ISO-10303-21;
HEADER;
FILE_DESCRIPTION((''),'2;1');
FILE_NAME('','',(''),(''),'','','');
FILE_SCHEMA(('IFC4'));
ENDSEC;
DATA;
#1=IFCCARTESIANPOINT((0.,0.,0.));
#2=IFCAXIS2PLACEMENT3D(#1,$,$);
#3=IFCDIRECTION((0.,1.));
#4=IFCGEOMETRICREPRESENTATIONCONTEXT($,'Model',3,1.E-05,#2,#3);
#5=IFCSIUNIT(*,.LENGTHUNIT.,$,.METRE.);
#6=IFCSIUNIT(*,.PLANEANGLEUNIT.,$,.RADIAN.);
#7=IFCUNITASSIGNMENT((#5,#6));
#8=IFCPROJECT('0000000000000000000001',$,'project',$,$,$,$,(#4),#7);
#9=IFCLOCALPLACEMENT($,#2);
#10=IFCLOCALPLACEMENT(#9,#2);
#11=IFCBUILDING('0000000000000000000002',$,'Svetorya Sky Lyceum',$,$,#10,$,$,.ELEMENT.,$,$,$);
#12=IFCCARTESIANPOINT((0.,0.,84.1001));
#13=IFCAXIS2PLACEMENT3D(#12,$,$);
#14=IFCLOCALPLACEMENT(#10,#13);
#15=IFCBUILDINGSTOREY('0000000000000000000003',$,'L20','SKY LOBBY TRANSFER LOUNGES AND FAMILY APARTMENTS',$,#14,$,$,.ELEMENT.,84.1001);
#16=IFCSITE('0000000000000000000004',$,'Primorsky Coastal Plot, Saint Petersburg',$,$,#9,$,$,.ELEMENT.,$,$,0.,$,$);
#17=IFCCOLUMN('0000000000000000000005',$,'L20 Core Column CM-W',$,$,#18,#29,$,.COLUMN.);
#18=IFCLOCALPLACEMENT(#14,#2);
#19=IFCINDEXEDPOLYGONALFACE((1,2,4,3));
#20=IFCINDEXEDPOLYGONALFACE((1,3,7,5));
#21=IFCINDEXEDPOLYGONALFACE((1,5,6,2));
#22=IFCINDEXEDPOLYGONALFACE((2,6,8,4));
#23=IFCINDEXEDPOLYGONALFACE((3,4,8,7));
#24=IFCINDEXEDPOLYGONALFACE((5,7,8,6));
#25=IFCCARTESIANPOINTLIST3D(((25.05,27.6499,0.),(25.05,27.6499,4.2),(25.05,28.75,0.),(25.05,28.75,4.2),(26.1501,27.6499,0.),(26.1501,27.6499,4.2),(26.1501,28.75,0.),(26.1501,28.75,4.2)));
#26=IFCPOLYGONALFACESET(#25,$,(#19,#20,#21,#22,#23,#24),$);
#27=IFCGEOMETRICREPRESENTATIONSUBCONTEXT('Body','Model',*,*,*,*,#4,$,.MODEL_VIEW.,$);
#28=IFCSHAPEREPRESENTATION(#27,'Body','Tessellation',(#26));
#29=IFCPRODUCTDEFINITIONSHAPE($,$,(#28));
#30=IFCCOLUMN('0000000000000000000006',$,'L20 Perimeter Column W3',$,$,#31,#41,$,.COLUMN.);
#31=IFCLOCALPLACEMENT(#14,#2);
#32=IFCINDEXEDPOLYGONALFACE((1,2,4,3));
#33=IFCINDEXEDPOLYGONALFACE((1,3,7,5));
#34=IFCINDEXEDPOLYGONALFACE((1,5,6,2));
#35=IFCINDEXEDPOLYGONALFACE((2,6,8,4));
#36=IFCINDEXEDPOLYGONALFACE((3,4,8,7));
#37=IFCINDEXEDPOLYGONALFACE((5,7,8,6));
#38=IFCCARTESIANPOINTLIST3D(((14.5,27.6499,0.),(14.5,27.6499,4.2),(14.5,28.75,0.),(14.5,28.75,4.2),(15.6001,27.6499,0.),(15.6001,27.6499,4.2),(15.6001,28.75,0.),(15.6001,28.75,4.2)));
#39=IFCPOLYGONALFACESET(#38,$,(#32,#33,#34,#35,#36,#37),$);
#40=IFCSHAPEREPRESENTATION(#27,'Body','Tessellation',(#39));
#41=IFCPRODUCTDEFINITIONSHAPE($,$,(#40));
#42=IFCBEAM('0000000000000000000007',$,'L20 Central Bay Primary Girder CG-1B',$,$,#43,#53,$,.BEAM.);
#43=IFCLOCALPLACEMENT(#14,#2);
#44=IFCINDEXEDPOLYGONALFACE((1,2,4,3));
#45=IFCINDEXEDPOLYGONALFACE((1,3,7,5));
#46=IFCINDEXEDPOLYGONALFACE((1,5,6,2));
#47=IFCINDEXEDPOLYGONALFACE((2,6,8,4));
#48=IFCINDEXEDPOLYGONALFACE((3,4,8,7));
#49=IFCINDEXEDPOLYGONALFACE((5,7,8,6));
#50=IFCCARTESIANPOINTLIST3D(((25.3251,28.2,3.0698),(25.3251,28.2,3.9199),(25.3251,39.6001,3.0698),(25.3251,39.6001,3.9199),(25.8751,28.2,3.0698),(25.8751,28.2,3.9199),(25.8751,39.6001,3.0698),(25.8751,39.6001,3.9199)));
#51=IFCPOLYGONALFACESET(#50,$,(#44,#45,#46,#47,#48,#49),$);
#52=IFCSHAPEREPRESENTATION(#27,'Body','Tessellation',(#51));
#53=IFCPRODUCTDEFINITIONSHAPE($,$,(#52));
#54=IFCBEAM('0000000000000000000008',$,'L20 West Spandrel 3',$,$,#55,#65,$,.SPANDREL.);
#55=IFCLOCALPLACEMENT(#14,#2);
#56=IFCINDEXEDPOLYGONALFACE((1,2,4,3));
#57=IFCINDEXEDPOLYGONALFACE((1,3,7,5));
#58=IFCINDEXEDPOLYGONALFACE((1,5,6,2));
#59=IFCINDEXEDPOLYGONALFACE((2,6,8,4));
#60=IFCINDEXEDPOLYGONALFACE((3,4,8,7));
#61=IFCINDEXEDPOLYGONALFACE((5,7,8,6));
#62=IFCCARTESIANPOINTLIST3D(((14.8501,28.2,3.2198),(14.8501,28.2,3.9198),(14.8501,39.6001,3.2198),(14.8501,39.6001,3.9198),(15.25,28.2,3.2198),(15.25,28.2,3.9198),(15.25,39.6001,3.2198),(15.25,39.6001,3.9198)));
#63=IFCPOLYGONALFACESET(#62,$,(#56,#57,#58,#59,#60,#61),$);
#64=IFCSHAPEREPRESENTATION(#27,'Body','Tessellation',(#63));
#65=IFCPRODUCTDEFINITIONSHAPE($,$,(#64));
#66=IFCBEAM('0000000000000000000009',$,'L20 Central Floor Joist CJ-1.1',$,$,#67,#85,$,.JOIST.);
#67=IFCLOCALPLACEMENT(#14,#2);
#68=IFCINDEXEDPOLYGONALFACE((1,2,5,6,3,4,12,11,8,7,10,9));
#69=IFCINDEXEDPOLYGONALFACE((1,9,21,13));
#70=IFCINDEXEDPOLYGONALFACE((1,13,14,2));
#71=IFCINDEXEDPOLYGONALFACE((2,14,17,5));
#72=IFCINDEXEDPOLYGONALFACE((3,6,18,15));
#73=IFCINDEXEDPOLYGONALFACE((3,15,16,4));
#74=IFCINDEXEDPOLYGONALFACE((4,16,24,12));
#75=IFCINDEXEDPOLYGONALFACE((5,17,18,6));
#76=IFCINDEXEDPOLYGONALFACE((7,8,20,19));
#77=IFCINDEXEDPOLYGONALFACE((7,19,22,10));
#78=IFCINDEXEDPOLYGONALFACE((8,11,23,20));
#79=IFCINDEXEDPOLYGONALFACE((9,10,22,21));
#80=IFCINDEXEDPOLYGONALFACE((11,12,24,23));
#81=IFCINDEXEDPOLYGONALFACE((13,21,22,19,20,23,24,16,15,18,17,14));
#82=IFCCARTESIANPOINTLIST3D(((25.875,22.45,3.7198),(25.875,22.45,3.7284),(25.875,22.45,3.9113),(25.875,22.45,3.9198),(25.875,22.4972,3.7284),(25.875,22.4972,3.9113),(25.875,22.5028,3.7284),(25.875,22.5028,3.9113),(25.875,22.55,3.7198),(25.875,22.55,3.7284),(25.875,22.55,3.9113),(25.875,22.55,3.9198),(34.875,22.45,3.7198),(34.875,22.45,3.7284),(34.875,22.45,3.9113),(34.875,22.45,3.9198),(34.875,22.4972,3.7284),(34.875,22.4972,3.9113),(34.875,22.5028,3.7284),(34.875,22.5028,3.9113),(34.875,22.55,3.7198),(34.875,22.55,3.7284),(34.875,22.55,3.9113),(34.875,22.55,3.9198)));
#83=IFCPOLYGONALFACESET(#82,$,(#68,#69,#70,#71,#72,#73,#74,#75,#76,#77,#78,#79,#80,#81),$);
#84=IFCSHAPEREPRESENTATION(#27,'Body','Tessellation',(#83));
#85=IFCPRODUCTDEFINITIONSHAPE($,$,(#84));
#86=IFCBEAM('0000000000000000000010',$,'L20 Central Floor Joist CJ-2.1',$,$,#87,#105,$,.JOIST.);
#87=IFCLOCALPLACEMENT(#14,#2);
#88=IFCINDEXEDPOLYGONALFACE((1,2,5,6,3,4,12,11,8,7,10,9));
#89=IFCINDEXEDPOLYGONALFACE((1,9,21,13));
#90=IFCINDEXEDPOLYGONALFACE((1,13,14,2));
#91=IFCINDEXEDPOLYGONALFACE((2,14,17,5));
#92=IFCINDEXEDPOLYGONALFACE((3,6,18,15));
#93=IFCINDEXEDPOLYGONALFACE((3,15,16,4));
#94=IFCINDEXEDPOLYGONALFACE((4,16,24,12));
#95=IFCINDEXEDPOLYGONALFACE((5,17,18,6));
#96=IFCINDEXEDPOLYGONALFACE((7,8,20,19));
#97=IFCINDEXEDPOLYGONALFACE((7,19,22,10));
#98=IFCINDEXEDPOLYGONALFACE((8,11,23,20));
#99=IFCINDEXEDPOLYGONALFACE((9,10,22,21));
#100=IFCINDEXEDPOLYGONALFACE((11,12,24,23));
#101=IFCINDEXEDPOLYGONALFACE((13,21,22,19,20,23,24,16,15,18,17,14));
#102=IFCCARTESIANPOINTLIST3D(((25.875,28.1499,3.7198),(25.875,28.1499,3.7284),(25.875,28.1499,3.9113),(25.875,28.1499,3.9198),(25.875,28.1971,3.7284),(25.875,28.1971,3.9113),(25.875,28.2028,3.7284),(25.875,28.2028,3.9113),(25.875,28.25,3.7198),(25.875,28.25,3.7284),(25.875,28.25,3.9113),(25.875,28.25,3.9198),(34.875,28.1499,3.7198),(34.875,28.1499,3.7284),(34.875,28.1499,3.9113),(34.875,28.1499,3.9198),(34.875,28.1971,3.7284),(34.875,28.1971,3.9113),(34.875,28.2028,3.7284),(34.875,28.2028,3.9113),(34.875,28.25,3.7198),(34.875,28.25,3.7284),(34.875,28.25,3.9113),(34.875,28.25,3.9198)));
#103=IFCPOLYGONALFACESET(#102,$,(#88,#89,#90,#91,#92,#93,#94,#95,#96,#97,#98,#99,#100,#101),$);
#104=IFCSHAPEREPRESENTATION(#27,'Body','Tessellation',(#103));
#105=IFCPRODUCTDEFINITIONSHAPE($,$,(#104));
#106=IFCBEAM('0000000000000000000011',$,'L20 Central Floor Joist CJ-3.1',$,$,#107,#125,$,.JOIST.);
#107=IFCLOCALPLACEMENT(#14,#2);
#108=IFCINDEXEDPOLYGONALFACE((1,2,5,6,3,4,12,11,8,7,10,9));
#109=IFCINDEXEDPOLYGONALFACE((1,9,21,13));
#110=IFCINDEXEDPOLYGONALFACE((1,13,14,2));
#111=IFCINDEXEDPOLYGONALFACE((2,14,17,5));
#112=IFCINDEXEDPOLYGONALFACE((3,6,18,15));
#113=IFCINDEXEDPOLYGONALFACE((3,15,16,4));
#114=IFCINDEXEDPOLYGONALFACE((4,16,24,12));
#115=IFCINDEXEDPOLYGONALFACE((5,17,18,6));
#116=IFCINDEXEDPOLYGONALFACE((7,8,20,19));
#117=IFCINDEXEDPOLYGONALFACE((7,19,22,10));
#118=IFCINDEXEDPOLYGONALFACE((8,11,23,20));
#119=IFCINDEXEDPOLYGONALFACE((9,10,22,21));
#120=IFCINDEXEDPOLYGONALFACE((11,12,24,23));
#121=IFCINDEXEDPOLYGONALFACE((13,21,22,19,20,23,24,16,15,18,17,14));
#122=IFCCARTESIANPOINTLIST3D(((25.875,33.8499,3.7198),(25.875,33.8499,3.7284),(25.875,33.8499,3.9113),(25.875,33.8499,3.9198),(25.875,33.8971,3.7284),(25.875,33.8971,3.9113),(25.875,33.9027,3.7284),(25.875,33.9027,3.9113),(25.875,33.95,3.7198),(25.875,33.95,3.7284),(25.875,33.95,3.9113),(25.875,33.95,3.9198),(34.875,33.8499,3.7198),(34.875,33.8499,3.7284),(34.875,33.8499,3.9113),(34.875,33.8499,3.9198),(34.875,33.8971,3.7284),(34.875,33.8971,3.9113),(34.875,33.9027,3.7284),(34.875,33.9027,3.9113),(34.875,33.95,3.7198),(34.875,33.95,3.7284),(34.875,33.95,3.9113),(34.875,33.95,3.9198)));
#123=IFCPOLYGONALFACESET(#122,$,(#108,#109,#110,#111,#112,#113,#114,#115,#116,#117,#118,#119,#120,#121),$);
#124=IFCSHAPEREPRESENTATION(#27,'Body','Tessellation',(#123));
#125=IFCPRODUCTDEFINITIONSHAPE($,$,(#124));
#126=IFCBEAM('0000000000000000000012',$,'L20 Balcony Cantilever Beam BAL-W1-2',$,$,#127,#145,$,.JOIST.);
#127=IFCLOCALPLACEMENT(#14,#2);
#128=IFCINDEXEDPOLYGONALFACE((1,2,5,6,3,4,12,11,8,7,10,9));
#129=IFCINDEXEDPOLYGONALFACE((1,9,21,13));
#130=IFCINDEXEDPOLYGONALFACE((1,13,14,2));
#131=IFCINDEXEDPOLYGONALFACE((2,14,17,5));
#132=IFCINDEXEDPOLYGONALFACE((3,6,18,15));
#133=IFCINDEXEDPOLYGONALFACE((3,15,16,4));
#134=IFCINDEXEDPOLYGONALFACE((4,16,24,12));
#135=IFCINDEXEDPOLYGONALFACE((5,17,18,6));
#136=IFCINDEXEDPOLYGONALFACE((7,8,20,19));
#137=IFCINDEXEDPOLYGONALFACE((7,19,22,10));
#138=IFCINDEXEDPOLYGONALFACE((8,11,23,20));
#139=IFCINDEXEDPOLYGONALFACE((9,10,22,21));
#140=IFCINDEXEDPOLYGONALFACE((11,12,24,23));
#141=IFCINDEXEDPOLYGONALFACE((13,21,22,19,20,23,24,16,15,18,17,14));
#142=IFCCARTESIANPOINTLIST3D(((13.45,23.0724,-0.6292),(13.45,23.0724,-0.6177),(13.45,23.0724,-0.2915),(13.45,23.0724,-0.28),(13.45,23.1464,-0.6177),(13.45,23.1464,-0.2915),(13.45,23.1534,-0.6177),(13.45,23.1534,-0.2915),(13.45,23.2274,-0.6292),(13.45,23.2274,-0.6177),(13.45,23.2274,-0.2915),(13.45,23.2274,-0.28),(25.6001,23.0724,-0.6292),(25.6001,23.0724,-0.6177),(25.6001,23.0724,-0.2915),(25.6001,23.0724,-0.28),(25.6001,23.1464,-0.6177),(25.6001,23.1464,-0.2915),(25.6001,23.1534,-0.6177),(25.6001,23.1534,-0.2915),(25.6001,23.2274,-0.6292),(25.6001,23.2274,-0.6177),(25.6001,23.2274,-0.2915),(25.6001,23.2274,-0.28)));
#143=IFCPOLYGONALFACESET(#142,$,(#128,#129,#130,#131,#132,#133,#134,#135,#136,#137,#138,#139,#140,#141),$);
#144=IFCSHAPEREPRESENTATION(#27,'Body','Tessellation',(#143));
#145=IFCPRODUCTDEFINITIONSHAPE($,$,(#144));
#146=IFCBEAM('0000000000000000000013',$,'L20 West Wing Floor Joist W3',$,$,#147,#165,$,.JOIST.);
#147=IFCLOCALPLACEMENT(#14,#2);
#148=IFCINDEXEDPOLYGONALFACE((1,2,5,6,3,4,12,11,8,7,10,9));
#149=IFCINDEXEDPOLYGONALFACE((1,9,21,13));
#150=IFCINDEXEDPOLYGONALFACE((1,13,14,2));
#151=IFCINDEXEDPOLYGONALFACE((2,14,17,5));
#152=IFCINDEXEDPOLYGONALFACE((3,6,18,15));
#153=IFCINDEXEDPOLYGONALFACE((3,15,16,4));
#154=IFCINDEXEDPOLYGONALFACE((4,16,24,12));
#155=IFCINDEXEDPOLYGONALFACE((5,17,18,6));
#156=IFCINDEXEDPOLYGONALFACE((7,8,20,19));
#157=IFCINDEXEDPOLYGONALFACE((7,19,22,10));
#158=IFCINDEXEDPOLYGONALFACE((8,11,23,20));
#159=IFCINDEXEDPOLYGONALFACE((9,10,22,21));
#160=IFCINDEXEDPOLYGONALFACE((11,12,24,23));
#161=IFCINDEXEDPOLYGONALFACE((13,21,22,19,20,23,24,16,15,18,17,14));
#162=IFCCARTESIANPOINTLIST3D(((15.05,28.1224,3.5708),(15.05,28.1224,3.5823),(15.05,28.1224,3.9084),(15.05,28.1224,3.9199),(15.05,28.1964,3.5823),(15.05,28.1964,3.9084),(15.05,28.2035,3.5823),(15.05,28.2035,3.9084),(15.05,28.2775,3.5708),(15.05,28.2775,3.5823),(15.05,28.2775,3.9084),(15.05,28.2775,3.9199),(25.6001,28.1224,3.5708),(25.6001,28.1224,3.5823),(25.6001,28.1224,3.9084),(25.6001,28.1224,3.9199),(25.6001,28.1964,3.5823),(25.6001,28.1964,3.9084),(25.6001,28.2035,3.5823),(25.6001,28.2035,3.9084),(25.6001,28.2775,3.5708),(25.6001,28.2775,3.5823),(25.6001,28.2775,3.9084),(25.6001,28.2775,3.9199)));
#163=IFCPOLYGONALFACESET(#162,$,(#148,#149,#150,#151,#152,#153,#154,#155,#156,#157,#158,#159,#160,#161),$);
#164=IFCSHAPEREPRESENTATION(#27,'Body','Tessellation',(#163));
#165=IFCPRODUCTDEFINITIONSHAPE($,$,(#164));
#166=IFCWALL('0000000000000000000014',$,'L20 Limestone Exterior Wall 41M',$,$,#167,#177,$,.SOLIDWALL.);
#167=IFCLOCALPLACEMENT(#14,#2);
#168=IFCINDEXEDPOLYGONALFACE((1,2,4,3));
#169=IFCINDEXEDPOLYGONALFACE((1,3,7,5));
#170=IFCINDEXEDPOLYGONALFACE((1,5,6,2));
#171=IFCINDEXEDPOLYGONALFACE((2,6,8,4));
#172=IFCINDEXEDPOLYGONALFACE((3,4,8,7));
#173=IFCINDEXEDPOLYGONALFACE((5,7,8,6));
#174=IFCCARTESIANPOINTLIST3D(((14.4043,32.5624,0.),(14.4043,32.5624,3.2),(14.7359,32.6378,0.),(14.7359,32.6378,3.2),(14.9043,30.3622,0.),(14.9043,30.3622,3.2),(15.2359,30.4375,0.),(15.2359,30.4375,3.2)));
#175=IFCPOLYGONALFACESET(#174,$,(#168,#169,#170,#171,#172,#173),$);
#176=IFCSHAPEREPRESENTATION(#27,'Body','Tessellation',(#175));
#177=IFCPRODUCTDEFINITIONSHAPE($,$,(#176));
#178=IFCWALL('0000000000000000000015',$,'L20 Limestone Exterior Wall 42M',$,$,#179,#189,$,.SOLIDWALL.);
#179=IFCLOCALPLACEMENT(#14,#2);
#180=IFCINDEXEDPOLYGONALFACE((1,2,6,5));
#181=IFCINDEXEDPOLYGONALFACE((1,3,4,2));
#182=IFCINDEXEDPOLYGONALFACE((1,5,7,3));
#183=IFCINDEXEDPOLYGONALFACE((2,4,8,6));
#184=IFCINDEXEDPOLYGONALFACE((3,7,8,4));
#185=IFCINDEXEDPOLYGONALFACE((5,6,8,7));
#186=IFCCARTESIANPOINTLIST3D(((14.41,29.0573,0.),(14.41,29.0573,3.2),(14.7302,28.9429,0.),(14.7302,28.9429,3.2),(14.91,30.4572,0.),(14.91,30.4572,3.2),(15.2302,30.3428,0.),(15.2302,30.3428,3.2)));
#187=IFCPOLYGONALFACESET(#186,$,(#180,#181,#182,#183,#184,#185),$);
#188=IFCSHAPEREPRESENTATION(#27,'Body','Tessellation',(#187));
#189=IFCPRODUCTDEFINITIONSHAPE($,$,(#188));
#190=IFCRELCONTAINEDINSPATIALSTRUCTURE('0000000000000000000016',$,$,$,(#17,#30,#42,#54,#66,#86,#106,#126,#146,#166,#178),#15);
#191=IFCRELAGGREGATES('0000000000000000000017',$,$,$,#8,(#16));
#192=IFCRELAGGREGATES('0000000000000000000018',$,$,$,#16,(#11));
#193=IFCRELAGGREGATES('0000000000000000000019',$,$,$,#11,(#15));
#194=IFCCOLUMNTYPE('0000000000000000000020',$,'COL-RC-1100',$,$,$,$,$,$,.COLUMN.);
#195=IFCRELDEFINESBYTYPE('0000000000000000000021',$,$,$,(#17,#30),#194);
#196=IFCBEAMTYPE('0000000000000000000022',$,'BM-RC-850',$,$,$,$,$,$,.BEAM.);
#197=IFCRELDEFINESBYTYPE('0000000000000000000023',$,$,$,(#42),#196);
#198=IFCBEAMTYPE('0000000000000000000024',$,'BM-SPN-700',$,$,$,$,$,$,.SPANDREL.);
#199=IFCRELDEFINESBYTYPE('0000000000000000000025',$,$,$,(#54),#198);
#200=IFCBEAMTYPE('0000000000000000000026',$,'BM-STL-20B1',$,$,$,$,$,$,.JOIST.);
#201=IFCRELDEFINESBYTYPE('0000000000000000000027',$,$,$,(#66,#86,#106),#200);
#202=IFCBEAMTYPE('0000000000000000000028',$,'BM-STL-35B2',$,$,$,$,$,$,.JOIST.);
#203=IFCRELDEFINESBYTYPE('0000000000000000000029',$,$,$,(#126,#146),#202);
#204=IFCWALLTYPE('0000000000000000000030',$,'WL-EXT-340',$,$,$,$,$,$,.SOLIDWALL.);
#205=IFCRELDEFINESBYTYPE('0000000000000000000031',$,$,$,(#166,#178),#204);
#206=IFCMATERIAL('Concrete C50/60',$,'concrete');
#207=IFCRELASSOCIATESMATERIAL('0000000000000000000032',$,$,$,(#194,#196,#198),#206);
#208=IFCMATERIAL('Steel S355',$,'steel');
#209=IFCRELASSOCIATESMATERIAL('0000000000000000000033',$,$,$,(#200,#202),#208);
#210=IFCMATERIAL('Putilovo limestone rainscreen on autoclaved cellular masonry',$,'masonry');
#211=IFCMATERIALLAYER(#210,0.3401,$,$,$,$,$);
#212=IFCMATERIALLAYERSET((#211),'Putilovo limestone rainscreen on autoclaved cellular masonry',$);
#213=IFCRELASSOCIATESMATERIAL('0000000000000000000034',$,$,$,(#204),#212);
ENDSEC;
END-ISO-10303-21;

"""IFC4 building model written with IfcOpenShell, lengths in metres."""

from ifc_helpers import new_model, si_unit, direction, frame, frame_2d, origin, origin_2d, place, context, subcontext, project, spatial, rectangle, i_section, extrude, material, layer, layer_set, material_profile, profile_set, type_object, element, save


model = new_model("IFC4")

# Units and contexts
model_context = context("Model", 3, precision=1e-05, world=origin(), true_north=direction((0.0, 1.0)))
body_context = subcontext(model_context, "Body", "Model", "MODEL_VIEW")
ifc_project = project(units=[si_unit("LENGTHUNIT", "METRE"), si_unit("PLANEANGLEUNIT", "RADIAN")], contexts=[model_context])

# Site, building, storey
site_placement = place(None, origin())
site = spatial("IfcSite", under=ifc_project, at=site_placement, Name="Primorsky Coastal Plot, Saint Petersburg", CompositionType="ELEMENT", RefElevation=0.0)
building_placement = place(site_placement, origin())
building = spatial("IfcBuilding", under=site, at=building_placement, Name="Svetorya Sky Lyceum", CompositionType="ELEMENT")
storey_placement = place(building_placement, frame((0.0, 0.0, 84.1001)))
storey = spatial("IfcBuildingStorey", under=building, at=storey_placement, Name="L20", Description="SKY LOBBY TRANSFER LOUNGES AND FAMILY APARTMENTS", CompositionType="ELEMENT", Elevation=84.1001)

# Columns
ifc_material_1 = material(Name="Concrete C50/60", Category="concrete")
ifc_material_profile_1 = material_profile(ifc_material_1, rectangle(XDim=1.1001, YDim=1.1001, at=origin_2d()), Name="RC COL 1100x1100")
ifc_profile_set_1 = profile_set([ifc_material_profile_1], Name="Concrete C50/60")
column_type = type_object("IfcColumnType", Name="COL-RC-1100", PredefinedType="COLUMN", material=ifc_profile_set_1)
for number, where, z_axis, x_axis, name in (
    (1, (25.6001, 28.2, 0.0), (0.0, 0.0, 1.0), (1.0, 0.0, 0.0), "L20 Core Column CM-W"),
    (2, (15.05, 28.2, 0.0), (0.0, 0.0, 1.0), (1.0, 0.0, 0.0), "L20 Perimeter Column W3"),
):
    element("IfcColumn", number, at=place(storey_placement, frame(where, z_axis=z_axis, x_axis=x_axis)), inside=storey, type_object=column_type, Name=name, PredefinedType="COLUMN", context=body_context, shape_type="SweptSolid", body=[
        extrude(rectangle(XDim=1.1001, YDim=1.1001, at=origin_2d()), origin(), (0.0, 0.0, 1.0), 4.2),
    ])

# Beams
ifc_material_profile_2 = material_profile(ifc_material_1, rectangle(XDim=0.55, YDim=0.8501, at=origin_2d()), Name="RC BEAM 550x850")
ifc_profile_set_2 = profile_set([ifc_material_profile_2], Name="Concrete C50/60")
beam_type_1 = type_object("IfcBeamType", Name="BM-RC-850", PredefinedType="BEAM", material=ifc_profile_set_2)
beam_1_placement = place(storey_placement, frame((25.6001, 28.2, 3.4949), z_axis=(0.0, 1.0, 0.0), x_axis=(-1.0, 0.0, 0.0)))
element("IfcBeam", 3, at=beam_1_placement, inside=storey, type_object=beam_type_1, Name="L20 Central Bay Primary Girder CG-1B", PredefinedType="BEAM", context=body_context, shape_type="SweptSolid", body=[
    extrude(rectangle(XDim=0.55, YDim=0.8501, at=origin_2d()), origin(), (0.0, 0.0, 1.0), 11.4001),
])
ifc_material_profile_3 = material_profile(ifc_material_1, rectangle(XDim=0.3999, YDim=0.7, at=origin_2d()), Name="RC SPANDREL 400x700")
ifc_profile_set_3 = profile_set([ifc_material_profile_3], Name="Concrete C50/60")
beam_type_2 = type_object("IfcBeamType", Name="BM-SPN-700", PredefinedType="SPANDREL", material=ifc_profile_set_3)
beam_2_placement = place(storey_placement, frame((15.05, 28.2, 3.5698), z_axis=(0.0, 1.0, 0.0), x_axis=(-1.0, 0.0, 0.0)))
element("IfcBeam", 4, at=beam_2_placement, inside=storey, type_object=beam_type_2, Name="L20 West Spandrel 3", PredefinedType="SPANDREL", context=body_context, shape_type="SweptSolid", body=[
    extrude(rectangle(XDim=0.3999, YDim=0.7, at=origin_2d()), origin(), (0.0, 0.0, 1.0), 11.4001),
])
ifc_material_2 = material(Name="Steel S355", Category="steel")
ifc_material_profile_4 = material_profile(ifc_material_2, i_section(OverallWidth=0.1001, OverallDepth=0.2, WebThickness=0.0056, FlangeThickness=0.0085, at=origin_2d()), Name="GOST 20B1")
ifc_profile_set_4 = profile_set([ifc_material_profile_4], Name="Steel S355")
beam_type_3 = type_object("IfcBeamType", Name="BM-STL-20B1", PredefinedType="JOIST", material=ifc_profile_set_4)
for number, where, z_axis, x_axis, name in (
    (5, (25.875, 22.5, 3.8198), (1.0, 0.0, 0.0), (0.0, 1.0, 0.0), "L20 Central Floor Joist CJ-1.1"),
    (6, (25.875, 28.2, 3.8198), (1.0, 0.0, 0.0), (0.0, 1.0, 0.0), "L20 Central Floor Joist CJ-2.1"),
    (7, (25.875, 33.8999, 3.8198), (1.0, 0.0, 0.0), (0.0, 1.0, 0.0), "L20 Central Floor Joist CJ-3.1"),
):
    element("IfcBeam", number, at=place(storey_placement, frame(where, z_axis=z_axis, x_axis=x_axis)), inside=storey, type_object=beam_type_3, Name=name, PredefinedType="JOIST", context=body_context, shape_type="SweptSolid", body=[
        extrude(i_section(OverallWidth=0.1001, OverallDepth=0.2, WebThickness=0.0056, FlangeThickness=0.0085, at=origin_2d()), origin(), (0.0, 0.0, 1.0), 9.0),
    ])
ifc_material_profile_5 = material_profile(ifc_material_2, i_section(OverallWidth=0.155, OverallDepth=0.3491, WebThickness=0.0071, FlangeThickness=0.0115, at=origin_2d()), Name="GOST 35B2")
ifc_profile_set_5 = profile_set([ifc_material_profile_5], Name="Steel S355")
beam_type_4 = type_object("IfcBeamType", Name="BM-STL-35B2", PredefinedType="JOIST", material=ifc_profile_set_5)
beam_3_placement = place(storey_placement, frame((25.6001, 23.1499, -0.4546), z_axis=(-1.0, 0.0, 0.0), x_axis=(0.0, -1.0, 0.0)))
element("IfcBeam", 8, at=beam_3_placement, inside=storey, type_object=beam_type_4, Name="L20 Balcony Cantilever Beam BAL-W1-2", PredefinedType="JOIST", context=body_context, shape_type="SweptSolid", body=[
    extrude(i_section(OverallWidth=0.155, OverallDepth=0.3491, WebThickness=0.0071, FlangeThickness=0.0115, at=origin_2d()), origin(), (0.0, 0.0, 1.0), 12.1501),
])
beam_4_placement = place(storey_placement, frame((15.05, 28.2, 3.7454), z_axis=(1.0, 0.0, 0.0), x_axis=(0.0, 1.0, 0.0)))
element("IfcBeam", 9, at=beam_4_placement, inside=storey, type_object=beam_type_4, Name="L20 West Wing Floor Joist W3", PredefinedType="JOIST", context=body_context, shape_type="SweptSolid", body=[
    extrude(i_section(OverallWidth=0.155, OverallDepth=0.3491, WebThickness=0.0071, FlangeThickness=0.0115, at=origin_2d()), origin(), (0.0, 0.0, 1.0), 10.55),
])

# Walls
ifc_material_3 = material(Name="Putilovo limestone rainscreen on autoclaved cellular masonry", Category="masonry")
ifc_layer_1 = layer(ifc_material_3, 0.3401)
ifc_layer_set_1 = layer_set([ifc_layer_1], Name="Putilovo limestone rainscreen on autoclaved cellular masonry")
wall_type_1 = type_object("IfcWallType", Name="WL-EXT-340", PredefinedType="SOLIDWALL", material=ifc_layer_set_1)
wall_1_placement = place(storey_placement, frame((14.5701, 32.6001, 0.0), z_axis=(0.0, 0.0, 1.0), x_axis=(0.221602, -0.975137, 0.0)))
element("IfcWall", 10, at=wall_1_placement, inside=storey, type_object=wall_type_1, Name="L20 Limestone Exterior Wall 41M", PredefinedType="SOLIDWALL", context=body_context, shape_type="SweptSolid", body=[
    extrude(rectangle(XDim=2.2563, YDim=0.3401, at=frame_2d((1.1282, 0.0))), origin(), (0.0, 0.0, 1.0), 3.2),
])
wall_2_placement = place(storey_placement, frame((15.0701, 30.3999, 0.0), z_axis=(0.0, 0.0, 1.0), x_axis=(-0.336357, -0.941734, 0.0)))
element("IfcWall", 11, at=wall_2_placement, inside=storey, type_object=wall_type_1, Name="L20 Limestone Exterior Wall 42M", PredefinedType="SOLIDWALL", context=body_context, shape_type="SweptSolid", body=[
    extrude(rectangle(XDim=1.4866, YDim=0.3401, at=frame_2d((0.7432, 0.0))), origin(), (0.0, 0.0, 1.0), 3.2),
])

save(model, "model.ifc")
